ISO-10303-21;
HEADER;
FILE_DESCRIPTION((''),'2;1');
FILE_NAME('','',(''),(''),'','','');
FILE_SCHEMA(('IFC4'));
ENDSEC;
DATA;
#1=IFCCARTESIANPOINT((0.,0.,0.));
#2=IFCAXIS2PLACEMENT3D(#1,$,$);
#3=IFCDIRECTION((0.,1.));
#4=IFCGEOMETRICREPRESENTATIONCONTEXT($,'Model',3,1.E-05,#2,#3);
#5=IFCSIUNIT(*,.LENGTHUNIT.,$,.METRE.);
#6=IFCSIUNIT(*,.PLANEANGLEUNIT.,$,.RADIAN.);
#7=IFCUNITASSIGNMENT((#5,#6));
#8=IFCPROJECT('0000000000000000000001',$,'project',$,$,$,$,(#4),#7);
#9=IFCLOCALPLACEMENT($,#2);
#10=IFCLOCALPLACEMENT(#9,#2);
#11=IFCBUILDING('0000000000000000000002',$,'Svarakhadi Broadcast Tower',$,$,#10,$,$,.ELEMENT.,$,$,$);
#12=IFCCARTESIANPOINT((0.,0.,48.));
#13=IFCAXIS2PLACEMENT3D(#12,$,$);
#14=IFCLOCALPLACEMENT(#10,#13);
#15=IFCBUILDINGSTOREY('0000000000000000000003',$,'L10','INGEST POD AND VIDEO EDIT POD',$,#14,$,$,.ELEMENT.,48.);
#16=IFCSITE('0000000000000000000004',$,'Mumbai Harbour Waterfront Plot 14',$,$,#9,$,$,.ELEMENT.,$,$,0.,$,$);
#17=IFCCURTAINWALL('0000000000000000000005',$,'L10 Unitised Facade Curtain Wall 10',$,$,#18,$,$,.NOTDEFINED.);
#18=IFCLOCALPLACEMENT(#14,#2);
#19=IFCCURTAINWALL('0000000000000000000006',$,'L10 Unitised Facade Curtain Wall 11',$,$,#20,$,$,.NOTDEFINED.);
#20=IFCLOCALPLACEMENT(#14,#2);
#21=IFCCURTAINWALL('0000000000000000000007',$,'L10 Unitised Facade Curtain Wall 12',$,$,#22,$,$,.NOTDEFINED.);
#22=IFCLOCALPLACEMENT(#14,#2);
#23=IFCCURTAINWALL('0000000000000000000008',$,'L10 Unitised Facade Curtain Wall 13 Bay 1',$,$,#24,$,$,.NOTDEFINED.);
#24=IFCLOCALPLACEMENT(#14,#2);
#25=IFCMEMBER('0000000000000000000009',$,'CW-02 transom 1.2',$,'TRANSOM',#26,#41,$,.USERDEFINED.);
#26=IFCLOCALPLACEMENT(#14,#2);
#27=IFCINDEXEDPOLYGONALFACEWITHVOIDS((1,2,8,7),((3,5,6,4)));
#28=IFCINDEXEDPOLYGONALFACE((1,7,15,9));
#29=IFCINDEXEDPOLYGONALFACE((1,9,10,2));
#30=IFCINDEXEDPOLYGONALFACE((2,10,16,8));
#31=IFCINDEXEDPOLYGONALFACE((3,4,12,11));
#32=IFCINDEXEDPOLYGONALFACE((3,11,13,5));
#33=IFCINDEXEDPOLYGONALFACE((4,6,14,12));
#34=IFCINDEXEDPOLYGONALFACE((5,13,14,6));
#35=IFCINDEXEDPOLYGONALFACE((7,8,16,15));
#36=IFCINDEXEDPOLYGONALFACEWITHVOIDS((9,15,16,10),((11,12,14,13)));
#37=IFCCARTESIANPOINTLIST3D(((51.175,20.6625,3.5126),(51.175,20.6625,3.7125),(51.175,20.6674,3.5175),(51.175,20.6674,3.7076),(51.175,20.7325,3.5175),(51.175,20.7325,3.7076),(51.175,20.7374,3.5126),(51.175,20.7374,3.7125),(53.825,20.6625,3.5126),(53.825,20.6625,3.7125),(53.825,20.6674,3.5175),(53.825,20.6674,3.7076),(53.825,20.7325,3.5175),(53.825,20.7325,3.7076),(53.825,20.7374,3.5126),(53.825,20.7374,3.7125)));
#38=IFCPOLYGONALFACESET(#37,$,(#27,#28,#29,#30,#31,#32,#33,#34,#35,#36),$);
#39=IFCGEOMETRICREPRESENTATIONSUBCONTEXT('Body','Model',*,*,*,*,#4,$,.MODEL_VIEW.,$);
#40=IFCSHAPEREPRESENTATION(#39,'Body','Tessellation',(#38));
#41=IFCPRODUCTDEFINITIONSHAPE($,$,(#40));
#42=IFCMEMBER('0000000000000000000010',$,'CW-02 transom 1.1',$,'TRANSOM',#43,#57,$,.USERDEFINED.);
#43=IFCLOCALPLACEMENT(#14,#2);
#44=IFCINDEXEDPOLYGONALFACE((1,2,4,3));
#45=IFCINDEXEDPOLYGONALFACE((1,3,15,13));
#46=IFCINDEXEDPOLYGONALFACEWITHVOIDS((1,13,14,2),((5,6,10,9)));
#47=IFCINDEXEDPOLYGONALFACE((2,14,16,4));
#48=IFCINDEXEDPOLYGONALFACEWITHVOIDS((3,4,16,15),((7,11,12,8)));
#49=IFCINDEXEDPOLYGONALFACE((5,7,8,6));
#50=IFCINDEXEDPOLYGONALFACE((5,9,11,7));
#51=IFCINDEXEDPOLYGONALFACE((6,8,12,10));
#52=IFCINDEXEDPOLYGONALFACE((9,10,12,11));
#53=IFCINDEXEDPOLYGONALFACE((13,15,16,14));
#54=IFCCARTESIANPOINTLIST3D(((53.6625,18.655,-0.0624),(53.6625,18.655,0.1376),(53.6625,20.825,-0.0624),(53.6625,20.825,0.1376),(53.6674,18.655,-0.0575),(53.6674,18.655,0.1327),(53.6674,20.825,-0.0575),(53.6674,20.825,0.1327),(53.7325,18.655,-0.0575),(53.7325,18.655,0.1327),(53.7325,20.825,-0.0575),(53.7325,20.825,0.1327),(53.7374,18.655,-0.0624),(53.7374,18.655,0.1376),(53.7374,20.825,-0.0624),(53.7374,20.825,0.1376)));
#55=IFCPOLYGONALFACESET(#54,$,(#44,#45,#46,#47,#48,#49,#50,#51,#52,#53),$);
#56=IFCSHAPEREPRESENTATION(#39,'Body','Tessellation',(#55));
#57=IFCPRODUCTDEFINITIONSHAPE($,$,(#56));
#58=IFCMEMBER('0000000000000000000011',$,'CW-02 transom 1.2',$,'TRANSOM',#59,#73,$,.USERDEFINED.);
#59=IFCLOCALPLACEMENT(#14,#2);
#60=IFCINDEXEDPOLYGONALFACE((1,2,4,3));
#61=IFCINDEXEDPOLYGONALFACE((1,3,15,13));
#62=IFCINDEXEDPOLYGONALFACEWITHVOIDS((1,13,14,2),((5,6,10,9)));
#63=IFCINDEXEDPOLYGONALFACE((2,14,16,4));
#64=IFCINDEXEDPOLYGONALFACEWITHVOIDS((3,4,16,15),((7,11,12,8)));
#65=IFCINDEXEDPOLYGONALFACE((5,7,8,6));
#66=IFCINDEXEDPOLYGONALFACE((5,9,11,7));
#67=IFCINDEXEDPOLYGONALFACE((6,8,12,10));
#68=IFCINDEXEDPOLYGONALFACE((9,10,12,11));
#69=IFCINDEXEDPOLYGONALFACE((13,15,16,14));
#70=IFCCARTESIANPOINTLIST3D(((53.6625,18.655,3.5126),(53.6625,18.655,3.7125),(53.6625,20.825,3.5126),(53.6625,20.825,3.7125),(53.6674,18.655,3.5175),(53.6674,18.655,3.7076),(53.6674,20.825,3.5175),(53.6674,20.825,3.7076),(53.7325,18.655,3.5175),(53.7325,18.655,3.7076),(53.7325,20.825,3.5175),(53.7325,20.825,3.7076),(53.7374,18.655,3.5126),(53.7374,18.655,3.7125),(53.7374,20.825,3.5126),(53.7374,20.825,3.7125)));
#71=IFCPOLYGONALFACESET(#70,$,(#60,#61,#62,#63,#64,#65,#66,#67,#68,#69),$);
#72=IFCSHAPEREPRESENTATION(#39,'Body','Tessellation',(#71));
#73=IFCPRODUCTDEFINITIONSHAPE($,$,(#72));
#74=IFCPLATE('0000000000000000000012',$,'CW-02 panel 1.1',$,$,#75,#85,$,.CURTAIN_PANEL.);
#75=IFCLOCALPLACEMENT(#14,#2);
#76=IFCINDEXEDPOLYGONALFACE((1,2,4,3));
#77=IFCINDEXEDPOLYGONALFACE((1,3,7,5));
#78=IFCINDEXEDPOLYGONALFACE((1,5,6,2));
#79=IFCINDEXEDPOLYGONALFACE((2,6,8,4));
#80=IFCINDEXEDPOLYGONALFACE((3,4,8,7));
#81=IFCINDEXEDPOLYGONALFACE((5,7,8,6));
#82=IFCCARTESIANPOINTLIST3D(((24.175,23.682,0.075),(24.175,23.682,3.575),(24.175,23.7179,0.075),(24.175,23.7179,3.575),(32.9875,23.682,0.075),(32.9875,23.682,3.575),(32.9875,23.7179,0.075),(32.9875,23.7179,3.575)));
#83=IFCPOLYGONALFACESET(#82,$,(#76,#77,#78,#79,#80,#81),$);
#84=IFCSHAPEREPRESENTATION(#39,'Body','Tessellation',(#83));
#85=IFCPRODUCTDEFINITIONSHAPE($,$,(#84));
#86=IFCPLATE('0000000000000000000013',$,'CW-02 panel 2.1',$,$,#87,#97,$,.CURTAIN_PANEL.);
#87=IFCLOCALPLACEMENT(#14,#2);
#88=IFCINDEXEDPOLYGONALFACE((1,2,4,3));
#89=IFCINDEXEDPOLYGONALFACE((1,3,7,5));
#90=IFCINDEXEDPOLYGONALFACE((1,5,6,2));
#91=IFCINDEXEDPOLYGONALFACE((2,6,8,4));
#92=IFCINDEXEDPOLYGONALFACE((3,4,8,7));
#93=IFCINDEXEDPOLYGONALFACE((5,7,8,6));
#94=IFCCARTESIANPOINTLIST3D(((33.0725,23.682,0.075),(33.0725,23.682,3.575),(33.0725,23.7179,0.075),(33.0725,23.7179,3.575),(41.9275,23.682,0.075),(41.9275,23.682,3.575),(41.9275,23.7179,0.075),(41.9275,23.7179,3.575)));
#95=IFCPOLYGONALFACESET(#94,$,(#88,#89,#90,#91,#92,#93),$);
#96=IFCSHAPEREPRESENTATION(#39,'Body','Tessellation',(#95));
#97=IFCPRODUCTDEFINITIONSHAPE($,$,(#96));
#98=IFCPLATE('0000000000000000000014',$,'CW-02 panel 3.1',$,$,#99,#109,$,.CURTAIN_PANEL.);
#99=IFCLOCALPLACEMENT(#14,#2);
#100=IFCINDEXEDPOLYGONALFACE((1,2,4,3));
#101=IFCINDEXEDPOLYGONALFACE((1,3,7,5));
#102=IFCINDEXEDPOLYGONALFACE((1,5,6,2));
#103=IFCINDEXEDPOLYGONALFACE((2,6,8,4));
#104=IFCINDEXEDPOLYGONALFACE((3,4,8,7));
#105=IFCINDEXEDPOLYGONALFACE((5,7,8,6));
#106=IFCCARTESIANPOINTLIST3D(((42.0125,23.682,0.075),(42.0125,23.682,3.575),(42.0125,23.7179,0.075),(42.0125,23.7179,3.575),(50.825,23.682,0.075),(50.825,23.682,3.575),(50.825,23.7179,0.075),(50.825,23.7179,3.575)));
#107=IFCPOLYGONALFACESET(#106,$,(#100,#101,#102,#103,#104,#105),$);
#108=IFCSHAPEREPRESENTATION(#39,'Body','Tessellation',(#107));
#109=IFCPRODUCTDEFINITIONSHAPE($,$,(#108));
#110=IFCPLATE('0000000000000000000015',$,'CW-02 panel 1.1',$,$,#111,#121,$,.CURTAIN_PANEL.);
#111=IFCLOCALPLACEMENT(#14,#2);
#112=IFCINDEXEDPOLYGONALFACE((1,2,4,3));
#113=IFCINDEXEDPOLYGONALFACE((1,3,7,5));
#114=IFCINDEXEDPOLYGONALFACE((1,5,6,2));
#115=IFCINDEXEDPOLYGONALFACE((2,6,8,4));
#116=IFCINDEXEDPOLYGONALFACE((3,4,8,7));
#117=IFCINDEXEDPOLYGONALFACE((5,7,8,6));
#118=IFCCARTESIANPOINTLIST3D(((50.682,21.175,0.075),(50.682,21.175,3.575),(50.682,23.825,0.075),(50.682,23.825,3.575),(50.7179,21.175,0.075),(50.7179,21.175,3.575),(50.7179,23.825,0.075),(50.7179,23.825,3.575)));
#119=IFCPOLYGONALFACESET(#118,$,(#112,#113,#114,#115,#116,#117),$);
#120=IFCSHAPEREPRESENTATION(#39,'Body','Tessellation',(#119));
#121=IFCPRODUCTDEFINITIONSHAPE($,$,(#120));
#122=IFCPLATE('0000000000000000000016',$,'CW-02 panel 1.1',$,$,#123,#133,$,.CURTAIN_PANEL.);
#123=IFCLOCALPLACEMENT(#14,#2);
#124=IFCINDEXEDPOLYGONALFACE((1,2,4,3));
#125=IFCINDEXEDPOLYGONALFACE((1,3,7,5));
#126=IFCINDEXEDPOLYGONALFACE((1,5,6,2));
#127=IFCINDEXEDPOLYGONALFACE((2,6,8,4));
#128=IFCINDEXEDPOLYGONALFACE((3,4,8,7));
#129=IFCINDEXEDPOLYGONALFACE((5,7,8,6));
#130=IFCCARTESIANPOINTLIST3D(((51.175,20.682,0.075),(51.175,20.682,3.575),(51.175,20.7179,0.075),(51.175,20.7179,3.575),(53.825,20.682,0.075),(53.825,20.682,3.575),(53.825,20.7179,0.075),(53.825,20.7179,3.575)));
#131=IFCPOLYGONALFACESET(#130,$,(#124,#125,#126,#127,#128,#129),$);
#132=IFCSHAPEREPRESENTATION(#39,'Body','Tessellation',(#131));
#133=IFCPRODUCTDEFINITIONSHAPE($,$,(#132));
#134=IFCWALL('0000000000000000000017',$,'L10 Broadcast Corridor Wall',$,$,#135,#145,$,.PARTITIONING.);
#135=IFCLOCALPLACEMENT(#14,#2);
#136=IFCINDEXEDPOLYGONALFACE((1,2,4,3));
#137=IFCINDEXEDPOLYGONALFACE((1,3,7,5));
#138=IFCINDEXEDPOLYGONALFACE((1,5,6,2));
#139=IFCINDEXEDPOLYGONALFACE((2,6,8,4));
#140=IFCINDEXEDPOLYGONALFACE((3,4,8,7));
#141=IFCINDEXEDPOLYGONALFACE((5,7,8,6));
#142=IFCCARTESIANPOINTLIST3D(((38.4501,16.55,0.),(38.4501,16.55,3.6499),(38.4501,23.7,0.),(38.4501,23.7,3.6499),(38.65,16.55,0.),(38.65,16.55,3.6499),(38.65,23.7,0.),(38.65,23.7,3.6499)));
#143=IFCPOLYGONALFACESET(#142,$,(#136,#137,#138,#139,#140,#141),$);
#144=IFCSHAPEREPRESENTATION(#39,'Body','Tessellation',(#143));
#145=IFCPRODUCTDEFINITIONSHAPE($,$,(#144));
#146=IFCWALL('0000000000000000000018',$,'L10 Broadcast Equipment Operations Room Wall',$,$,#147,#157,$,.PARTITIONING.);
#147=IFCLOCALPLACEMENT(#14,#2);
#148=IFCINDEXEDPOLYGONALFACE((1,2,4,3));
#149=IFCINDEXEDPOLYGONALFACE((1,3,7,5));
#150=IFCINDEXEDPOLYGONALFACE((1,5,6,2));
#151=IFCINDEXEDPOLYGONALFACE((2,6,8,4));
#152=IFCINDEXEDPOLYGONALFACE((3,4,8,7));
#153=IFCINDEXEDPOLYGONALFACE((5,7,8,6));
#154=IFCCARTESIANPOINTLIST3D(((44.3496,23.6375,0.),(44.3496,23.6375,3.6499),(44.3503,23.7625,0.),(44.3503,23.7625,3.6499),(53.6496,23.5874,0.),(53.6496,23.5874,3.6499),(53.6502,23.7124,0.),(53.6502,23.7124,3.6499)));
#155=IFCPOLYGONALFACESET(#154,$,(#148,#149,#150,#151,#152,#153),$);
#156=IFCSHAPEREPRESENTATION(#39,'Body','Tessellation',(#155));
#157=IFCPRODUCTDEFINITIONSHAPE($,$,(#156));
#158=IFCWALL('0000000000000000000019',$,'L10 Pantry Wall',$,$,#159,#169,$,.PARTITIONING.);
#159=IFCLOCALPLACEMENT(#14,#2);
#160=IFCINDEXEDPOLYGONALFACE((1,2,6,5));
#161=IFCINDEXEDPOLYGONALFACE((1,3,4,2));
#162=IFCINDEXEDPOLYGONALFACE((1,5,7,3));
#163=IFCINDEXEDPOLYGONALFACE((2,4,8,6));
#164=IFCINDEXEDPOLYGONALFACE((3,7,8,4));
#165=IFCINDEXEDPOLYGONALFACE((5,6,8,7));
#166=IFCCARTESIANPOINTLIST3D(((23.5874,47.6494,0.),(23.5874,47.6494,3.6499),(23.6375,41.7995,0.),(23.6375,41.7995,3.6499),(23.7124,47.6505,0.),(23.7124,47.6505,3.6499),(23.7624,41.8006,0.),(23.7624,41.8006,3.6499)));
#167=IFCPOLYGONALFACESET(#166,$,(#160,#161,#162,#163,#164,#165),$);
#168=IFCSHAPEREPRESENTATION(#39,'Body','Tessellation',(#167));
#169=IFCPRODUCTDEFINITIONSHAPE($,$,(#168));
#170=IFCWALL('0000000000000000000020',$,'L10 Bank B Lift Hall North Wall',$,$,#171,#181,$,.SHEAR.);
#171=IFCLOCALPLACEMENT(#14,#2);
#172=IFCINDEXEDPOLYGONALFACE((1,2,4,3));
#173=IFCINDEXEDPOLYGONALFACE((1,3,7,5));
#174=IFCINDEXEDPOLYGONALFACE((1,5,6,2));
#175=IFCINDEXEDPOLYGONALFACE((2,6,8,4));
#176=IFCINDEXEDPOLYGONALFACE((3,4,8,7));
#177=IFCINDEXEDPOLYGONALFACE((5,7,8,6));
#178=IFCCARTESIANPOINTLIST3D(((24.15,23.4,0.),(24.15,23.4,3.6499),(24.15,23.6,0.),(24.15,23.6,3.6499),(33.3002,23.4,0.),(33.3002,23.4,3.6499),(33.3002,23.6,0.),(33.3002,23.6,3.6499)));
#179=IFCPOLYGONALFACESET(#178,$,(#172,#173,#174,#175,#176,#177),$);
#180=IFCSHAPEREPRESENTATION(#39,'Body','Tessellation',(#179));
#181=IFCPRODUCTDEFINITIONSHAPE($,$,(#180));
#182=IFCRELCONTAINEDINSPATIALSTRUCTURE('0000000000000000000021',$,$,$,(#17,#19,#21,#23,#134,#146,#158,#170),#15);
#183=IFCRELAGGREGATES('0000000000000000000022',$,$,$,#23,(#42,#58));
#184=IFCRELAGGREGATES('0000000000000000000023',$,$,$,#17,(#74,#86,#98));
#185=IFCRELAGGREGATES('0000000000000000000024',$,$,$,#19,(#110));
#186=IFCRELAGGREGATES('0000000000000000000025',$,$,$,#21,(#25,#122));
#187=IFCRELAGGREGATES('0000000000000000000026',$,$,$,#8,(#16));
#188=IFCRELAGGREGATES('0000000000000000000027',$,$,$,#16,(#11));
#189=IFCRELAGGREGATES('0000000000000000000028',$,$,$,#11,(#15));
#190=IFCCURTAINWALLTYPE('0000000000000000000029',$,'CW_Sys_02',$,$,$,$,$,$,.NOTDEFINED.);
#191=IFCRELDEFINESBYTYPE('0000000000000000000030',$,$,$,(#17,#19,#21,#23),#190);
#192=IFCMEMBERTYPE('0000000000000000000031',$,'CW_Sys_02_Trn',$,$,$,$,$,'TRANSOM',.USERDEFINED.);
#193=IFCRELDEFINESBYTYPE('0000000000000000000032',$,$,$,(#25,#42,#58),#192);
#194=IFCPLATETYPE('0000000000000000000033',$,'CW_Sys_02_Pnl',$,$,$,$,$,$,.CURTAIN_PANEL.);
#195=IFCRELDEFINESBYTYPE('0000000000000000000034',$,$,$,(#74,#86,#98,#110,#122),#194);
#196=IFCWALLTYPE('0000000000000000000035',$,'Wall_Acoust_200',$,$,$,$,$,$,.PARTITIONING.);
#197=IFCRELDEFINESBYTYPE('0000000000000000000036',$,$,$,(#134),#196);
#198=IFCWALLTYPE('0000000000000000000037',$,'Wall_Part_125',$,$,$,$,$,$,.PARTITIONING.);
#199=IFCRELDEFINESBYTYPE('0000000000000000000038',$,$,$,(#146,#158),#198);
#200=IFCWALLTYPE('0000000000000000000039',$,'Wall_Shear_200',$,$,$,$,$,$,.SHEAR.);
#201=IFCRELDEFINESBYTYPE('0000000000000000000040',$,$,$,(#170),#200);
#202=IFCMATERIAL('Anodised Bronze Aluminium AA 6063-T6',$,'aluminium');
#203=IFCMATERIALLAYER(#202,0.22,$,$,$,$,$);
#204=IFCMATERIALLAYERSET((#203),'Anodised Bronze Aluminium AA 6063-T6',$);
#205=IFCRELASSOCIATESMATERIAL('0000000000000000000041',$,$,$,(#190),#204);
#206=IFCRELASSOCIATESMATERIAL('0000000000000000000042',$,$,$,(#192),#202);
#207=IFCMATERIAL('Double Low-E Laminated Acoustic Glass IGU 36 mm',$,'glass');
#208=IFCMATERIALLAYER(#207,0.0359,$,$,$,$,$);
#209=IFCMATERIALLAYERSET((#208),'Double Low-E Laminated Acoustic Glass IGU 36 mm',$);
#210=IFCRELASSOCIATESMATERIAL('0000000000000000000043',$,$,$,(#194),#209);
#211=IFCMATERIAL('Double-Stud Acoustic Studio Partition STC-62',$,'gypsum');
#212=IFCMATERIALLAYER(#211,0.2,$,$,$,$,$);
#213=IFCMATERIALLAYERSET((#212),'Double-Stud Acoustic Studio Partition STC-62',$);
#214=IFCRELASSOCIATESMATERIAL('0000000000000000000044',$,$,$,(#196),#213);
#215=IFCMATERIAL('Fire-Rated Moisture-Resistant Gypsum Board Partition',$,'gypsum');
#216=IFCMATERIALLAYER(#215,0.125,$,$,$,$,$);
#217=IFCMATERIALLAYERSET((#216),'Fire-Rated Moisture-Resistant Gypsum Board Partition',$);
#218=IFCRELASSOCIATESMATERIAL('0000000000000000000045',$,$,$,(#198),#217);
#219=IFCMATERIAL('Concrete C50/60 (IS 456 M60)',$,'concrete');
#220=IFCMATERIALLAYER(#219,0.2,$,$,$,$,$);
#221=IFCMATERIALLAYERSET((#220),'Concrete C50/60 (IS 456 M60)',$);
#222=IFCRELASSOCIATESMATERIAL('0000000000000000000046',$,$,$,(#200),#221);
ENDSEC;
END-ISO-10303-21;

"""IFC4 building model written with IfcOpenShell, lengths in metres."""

from ifc_helpers import new_model, si_unit, direction, frame, frame_2d, origin, origin_2d, place, context, subcontext, project, spatial, rectangle, hollow_rectangle, extrude, material, layer, layer_set, material_profile, profile_set, type_object, element, aggregate, save


model = new_model("IFC4")

# Units and contexts
model_context = context("Model", 3, precision=1e-05, world=origin(), true_north=direction((0.0, 1.0)))
body_context = subcontext(model_context, "Body", "Model", "MODEL_VIEW")
ifc_project = project(units=[si_unit("LENGTHUNIT", "METRE"), si_unit("PLANEANGLEUNIT", "RADIAN")], contexts=[model_context])

# Site, building, storey
site_placement = place(None, origin())
site = spatial("IfcSite", under=ifc_project, at=site_placement, Name="Mumbai Harbour Waterfront Plot 14", CompositionType="ELEMENT", RefElevation=0.0)
building_placement = place(site_placement, origin())
building = spatial("IfcBuilding", under=site, at=building_placement, Name="Svarakhadi Broadcast Tower", CompositionType="ELEMENT")
storey_placement = place(building_placement, frame((0.0, 0.0, 48.0)))
storey = spatial("IfcBuildingStorey", under=building, at=storey_placement, Name="L10", Description="INGEST POD AND VIDEO EDIT POD", CompositionType="ELEMENT", Elevation=48.0)

# Shared definitions
ifc_material_1 = material(Name="Anodised Bronze Aluminium AA 6063-T6", Category="aluminium")
ifc_layer_1 = layer(ifc_material_1, 0.22)
ifc_layer_set_1 = layer_set([ifc_layer_1], Name="Anodised Bronze Aluminium AA 6063-T6")
curtain_wall_type = type_object("IfcCurtainWallType", Name="CW_Sys_02", PredefinedType="NOTDEFINED", material=ifc_layer_set_1)

# Curtain walls
curtain_wall_1_placement = place(storey_placement, origin())
curtain_wall_1 = element("IfcCurtainWall", 1, at=curtain_wall_1_placement, inside=storey, type_object=curtain_wall_type, Name="L10 Unitised Facade Curtain Wall 10", PredefinedType="NOTDEFINED")
curtain_wall_2_placement = place(storey_placement, origin())
curtain_wall_2 = element("IfcCurtainWall", 2, at=curtain_wall_2_placement, inside=storey, type_object=curtain_wall_type, Name="L10 Unitised Facade Curtain Wall 11", PredefinedType="NOTDEFINED")
curtain_wall_3_placement = place(storey_placement, origin())
curtain_wall_3 = element("IfcCurtainWall", 3, at=curtain_wall_3_placement, inside=storey, type_object=curtain_wall_type, Name="L10 Unitised Facade Curtain Wall 12", PredefinedType="NOTDEFINED")

# Curtain wall
curtain_wall_4_placement = place(storey_placement, origin())
curtain_wall_4 = element("IfcCurtainWall", 4, at=curtain_wall_4_placement, inside=storey, type_object=curtain_wall_type, Name="L10 Unitised Facade Curtain Wall 13 Bay 1", PredefinedType="NOTDEFINED")

# Members
ifc_material_profile_1 = material_profile(ifc_material_1, hollow_rectangle(XDim=0.075, YDim=0.2, WallThickness=0.0049, at=origin_2d()), Name="ALU TRANSOM 200x75x5")
ifc_profile_set_1 = profile_set([ifc_material_profile_1], Name="Anodised Bronze Aluminium AA 6063-T6")
member_type_1 = type_object("IfcMemberType", Name="CW_Sys_02_Trn", ElementType="TRANSOM", PredefinedType="USERDEFINED", material=ifc_profile_set_1)
member_1_placement = place(storey_placement, frame((51.175, 20.7, 3.6125), z_axis=(1.0, 0.0, 0.0), x_axis=(0.0, 1.0, 0.0)))
member_1 = element("IfcMember", 5, at=member_1_placement, type_object=member_type_1, Name="CW-02 transom 1.2", ObjectType="TRANSOM", PredefinedType="USERDEFINED", context=body_context, shape_type="SweptSolid", body=[
    extrude(hollow_rectangle(XDim=0.075, YDim=0.2, WallThickness=0.0049, at=origin_2d()), origin(), (0.0, 0.0, 1.0), 2.6499),
])
member_2_placement = place(storey_placement, frame((53.7, 20.825, 0.0376), z_axis=(0.0, -1.0, 0.0), x_axis=(1.0, 0.0, 0.0)))
member_2 = element("IfcMember", 6, at=member_2_placement, type_object=member_type_1, Name="CW-02 transom 1.1", ObjectType="TRANSOM", PredefinedType="USERDEFINED", context=body_context, shape_type="SweptSolid", body=[
    extrude(hollow_rectangle(XDim=0.075, YDim=0.2, WallThickness=0.0049, at=origin_2d()), origin(), (0.0, 0.0, 1.0), 2.1699),
])
member_3_placement = place(storey_placement, frame((53.7, 20.825, 3.6125), z_axis=(0.0, -1.0, 0.0), x_axis=(1.0, 0.0, 0.0)))
member_3 = element("IfcMember", 7, at=member_3_placement, type_object=member_type_1, Name="CW-02 transom 1.2", ObjectType="TRANSOM", PredefinedType="USERDEFINED", context=body_context, shape_type="SweptSolid", body=[
    extrude(hollow_rectangle(XDim=0.075, YDim=0.2, WallThickness=0.0049, at=origin_2d()), origin(), (0.0, 0.0, 1.0), 2.1699),
])
aggregate(curtain_wall_4, [member_2, member_3])

# Plates
ifc_material_2 = material(Name="Double Low-E Laminated Acoustic Glass IGU 36 mm", Category="glass")
ifc_layer_2 = layer(ifc_material_2, 0.0359)
ifc_layer_set_2 = layer_set([ifc_layer_2], Name="Double Low-E Laminated Acoustic Glass IGU 36 mm")
plate_type = type_object("IfcPlateType", Name="CW_Sys_02_Pnl", PredefinedType="CURTAIN_PANEL", material=ifc_layer_set_2)
plate_1_placement = place(storey_placement, frame((28.5813, 23.7, 0.075), z_axis=(0.0, 0.0, 1.0), x_axis=(1.0, 0.0, 0.0)))
plate_1 = element("IfcPlate", 8, at=plate_1_placement, type_object=plate_type, Name="CW-02 panel 1.1", PredefinedType="CURTAIN_PANEL", context=body_context, shape_type="SweptSolid", body=[
    extrude(rectangle(XDim=8.8125, YDim=0.0359, at=origin_2d()), origin(), (0.0, 0.0, 1.0), 3.5),
])
plate_2_placement = place(storey_placement, frame((37.5, 23.7, 0.075), z_axis=(0.0, 0.0, 1.0), x_axis=(1.0, 0.0, 0.0)))
plate_2 = element("IfcPlate", 9, at=plate_2_placement, type_object=plate_type, Name="CW-02 panel 2.1", PredefinedType="CURTAIN_PANEL", context=body_context, shape_type="SweptSolid", body=[
    extrude(rectangle(XDim=8.855, YDim=0.0359, at=origin_2d()), origin(), (0.0, 0.0, 1.0), 3.5),
])
plate_3_placement = place(storey_placement, frame((46.4187, 23.7, 0.075), z_axis=(0.0, 0.0, 1.0), x_axis=(1.0, 0.0, 0.0)))
plate_3 = element("IfcPlate", 10, at=plate_3_placement, type_object=plate_type, Name="CW-02 panel 3.1", PredefinedType="CURTAIN_PANEL", context=body_context, shape_type="SweptSolid", body=[
    extrude(rectangle(XDim=8.8125, YDim=0.0359, at=origin_2d()), origin(), (0.0, 0.0, 1.0), 3.5),
])
aggregate(curtain_wall_1, [plate_1, plate_2, plate_3])
plate_4_placement = place(storey_placement, frame((50.7, 22.5, 0.075), z_axis=(0.0, 0.0, 1.0), x_axis=(0.0, -1.0, 0.0)))
plate_4 = element("IfcPlate", 11, at=plate_4_placement, type_object=plate_type, Name="CW-02 panel 1.1", PredefinedType="CURTAIN_PANEL", context=body_context, shape_type="SweptSolid", body=[
    extrude(rectangle(XDim=2.6499, YDim=0.0359, at=origin_2d()), origin(), (0.0, 0.0, 1.0), 3.5),
])
aggregate(curtain_wall_2, [plate_4])
plate_5_placement = place(storey_placement, frame((52.5, 20.7, 0.075), z_axis=(0.0, 0.0, 1.0), x_axis=(1.0, 0.0, 0.0)))
plate_5 = element("IfcPlate", 12, at=plate_5_placement, type_object=plate_type, Name="CW-02 panel 1.1", PredefinedType="CURTAIN_PANEL", context=body_context, shape_type="SweptSolid", body=[
    extrude(rectangle(XDim=2.6499, YDim=0.0359, at=origin_2d()), origin(), (0.0, 0.0, 1.0), 3.5),
])
aggregate(curtain_wall_3, [member_1, plate_5])

# Walls
ifc_material_3 = material(Name="Double-Stud Acoustic Studio Partition STC-62", Category="gypsum")
ifc_layer_3 = layer(ifc_material_3, 0.2)
ifc_layer_set_3 = layer_set([ifc_layer_3], Name="Double-Stud Acoustic Studio Partition STC-62")
wall_type_1 = type_object("IfcWallType", Name="Wall_Acoust_200", PredefinedType="PARTITIONING", material=ifc_layer_set_3)
wall_1_placement = place(storey_placement, frame((38.55, 23.7, 0.0), z_axis=(0.0, 0.0, 1.0), x_axis=(0.0, -1.0, 0.0)))
element("IfcWall", 13, at=wall_1_placement, inside=storey, type_object=wall_type_1, Name="L10 Broadcast Corridor Wall", PredefinedType="PARTITIONING", context=body_context, shape_type="SweptSolid", body=[
    extrude(rectangle(XDim=7.1499, YDim=0.2, at=frame_2d((3.575, 0.0))), origin(), (0.0, 0.0, 1.0), 3.6499),
])
ifc_material_4 = material(Name="Fire-Rated Moisture-Resistant Gypsum Board Partition", Category="gypsum")
ifc_layer_4 = layer(ifc_material_4, 0.125)
ifc_layer_set_4 = layer_set([ifc_layer_4], Name="Fire-Rated Moisture-Resistant Gypsum Board Partition")
wall_type_2 = type_object("IfcWallType", Name="Wall_Part_125", PredefinedType="PARTITIONING", material=ifc_layer_set_4)
wall_2_placement = place(storey_placement, frame((44.3501, 23.7, 0.0), z_axis=(0.0, 0.0, 1.0), x_axis=(0.999986, -0.005382, 0.0)))
element("IfcWall", 14, at=wall_2_placement, inside=storey, type_object=wall_type_2, Name="L10 Broadcast Equipment Operations Room Wall", PredefinedType="PARTITIONING", context=body_context, shape_type="SweptSolid", body=[
    extrude(rectangle(XDim=9.3, YDim=0.125, at=frame_2d((4.6499, 0.0))), origin(), (0.0, 0.0, 1.0), 3.6499),
])
wall_3_placement = place(storey_placement, frame((23.7, 41.8, 0.0), z_axis=(0.0, 0.0, 1.0), x_axis=(-0.008555, 0.999963, 0.0)))
element("IfcWall", 15, at=wall_3_placement, inside=storey, type_object=wall_type_2, Name="L10 Pantry Wall", PredefinedType="PARTITIONING", context=body_context, shape_type="SweptSolid", body=[
    extrude(rectangle(XDim=5.8501, YDim=0.125, at=frame_2d((2.925, 0.0))), origin(), (0.0, 0.0, 1.0), 3.6499),
])
ifc_material_5 = material(Name="Concrete C50/60 (IS 456 M60)", Category="concrete")
ifc_layer_5 = layer(ifc_material_5, 0.2)
ifc_layer_set_5 = layer_set([ifc_layer_5], Name="Concrete C50/60 (IS 456 M60)")
wall_type_3 = type_object("IfcWallType", Name="Wall_Shear_200", PredefinedType="SHEAR", material=ifc_layer_set_5)
wall_4_placement = place(storey_placement, frame((24.1499, 23.5, 0.0), z_axis=(0.0, 0.0, 1.0), x_axis=(1.0, 0.0, 0.0)))
element("IfcWall", 16, at=wall_4_placement, inside=storey, type_object=wall_type_3, Name="L10 Bank B Lift Hall North Wall", PredefinedType="SHEAR", context=body_context, shape_type="SweptSolid", body=[
    extrude(rectangle(XDim=9.1501, YDim=0.2, at=frame_2d((4.5752, 0.0))), origin(), (0.0, 0.0, 1.0), 3.6499),
])

save(model, "model.ifc")
